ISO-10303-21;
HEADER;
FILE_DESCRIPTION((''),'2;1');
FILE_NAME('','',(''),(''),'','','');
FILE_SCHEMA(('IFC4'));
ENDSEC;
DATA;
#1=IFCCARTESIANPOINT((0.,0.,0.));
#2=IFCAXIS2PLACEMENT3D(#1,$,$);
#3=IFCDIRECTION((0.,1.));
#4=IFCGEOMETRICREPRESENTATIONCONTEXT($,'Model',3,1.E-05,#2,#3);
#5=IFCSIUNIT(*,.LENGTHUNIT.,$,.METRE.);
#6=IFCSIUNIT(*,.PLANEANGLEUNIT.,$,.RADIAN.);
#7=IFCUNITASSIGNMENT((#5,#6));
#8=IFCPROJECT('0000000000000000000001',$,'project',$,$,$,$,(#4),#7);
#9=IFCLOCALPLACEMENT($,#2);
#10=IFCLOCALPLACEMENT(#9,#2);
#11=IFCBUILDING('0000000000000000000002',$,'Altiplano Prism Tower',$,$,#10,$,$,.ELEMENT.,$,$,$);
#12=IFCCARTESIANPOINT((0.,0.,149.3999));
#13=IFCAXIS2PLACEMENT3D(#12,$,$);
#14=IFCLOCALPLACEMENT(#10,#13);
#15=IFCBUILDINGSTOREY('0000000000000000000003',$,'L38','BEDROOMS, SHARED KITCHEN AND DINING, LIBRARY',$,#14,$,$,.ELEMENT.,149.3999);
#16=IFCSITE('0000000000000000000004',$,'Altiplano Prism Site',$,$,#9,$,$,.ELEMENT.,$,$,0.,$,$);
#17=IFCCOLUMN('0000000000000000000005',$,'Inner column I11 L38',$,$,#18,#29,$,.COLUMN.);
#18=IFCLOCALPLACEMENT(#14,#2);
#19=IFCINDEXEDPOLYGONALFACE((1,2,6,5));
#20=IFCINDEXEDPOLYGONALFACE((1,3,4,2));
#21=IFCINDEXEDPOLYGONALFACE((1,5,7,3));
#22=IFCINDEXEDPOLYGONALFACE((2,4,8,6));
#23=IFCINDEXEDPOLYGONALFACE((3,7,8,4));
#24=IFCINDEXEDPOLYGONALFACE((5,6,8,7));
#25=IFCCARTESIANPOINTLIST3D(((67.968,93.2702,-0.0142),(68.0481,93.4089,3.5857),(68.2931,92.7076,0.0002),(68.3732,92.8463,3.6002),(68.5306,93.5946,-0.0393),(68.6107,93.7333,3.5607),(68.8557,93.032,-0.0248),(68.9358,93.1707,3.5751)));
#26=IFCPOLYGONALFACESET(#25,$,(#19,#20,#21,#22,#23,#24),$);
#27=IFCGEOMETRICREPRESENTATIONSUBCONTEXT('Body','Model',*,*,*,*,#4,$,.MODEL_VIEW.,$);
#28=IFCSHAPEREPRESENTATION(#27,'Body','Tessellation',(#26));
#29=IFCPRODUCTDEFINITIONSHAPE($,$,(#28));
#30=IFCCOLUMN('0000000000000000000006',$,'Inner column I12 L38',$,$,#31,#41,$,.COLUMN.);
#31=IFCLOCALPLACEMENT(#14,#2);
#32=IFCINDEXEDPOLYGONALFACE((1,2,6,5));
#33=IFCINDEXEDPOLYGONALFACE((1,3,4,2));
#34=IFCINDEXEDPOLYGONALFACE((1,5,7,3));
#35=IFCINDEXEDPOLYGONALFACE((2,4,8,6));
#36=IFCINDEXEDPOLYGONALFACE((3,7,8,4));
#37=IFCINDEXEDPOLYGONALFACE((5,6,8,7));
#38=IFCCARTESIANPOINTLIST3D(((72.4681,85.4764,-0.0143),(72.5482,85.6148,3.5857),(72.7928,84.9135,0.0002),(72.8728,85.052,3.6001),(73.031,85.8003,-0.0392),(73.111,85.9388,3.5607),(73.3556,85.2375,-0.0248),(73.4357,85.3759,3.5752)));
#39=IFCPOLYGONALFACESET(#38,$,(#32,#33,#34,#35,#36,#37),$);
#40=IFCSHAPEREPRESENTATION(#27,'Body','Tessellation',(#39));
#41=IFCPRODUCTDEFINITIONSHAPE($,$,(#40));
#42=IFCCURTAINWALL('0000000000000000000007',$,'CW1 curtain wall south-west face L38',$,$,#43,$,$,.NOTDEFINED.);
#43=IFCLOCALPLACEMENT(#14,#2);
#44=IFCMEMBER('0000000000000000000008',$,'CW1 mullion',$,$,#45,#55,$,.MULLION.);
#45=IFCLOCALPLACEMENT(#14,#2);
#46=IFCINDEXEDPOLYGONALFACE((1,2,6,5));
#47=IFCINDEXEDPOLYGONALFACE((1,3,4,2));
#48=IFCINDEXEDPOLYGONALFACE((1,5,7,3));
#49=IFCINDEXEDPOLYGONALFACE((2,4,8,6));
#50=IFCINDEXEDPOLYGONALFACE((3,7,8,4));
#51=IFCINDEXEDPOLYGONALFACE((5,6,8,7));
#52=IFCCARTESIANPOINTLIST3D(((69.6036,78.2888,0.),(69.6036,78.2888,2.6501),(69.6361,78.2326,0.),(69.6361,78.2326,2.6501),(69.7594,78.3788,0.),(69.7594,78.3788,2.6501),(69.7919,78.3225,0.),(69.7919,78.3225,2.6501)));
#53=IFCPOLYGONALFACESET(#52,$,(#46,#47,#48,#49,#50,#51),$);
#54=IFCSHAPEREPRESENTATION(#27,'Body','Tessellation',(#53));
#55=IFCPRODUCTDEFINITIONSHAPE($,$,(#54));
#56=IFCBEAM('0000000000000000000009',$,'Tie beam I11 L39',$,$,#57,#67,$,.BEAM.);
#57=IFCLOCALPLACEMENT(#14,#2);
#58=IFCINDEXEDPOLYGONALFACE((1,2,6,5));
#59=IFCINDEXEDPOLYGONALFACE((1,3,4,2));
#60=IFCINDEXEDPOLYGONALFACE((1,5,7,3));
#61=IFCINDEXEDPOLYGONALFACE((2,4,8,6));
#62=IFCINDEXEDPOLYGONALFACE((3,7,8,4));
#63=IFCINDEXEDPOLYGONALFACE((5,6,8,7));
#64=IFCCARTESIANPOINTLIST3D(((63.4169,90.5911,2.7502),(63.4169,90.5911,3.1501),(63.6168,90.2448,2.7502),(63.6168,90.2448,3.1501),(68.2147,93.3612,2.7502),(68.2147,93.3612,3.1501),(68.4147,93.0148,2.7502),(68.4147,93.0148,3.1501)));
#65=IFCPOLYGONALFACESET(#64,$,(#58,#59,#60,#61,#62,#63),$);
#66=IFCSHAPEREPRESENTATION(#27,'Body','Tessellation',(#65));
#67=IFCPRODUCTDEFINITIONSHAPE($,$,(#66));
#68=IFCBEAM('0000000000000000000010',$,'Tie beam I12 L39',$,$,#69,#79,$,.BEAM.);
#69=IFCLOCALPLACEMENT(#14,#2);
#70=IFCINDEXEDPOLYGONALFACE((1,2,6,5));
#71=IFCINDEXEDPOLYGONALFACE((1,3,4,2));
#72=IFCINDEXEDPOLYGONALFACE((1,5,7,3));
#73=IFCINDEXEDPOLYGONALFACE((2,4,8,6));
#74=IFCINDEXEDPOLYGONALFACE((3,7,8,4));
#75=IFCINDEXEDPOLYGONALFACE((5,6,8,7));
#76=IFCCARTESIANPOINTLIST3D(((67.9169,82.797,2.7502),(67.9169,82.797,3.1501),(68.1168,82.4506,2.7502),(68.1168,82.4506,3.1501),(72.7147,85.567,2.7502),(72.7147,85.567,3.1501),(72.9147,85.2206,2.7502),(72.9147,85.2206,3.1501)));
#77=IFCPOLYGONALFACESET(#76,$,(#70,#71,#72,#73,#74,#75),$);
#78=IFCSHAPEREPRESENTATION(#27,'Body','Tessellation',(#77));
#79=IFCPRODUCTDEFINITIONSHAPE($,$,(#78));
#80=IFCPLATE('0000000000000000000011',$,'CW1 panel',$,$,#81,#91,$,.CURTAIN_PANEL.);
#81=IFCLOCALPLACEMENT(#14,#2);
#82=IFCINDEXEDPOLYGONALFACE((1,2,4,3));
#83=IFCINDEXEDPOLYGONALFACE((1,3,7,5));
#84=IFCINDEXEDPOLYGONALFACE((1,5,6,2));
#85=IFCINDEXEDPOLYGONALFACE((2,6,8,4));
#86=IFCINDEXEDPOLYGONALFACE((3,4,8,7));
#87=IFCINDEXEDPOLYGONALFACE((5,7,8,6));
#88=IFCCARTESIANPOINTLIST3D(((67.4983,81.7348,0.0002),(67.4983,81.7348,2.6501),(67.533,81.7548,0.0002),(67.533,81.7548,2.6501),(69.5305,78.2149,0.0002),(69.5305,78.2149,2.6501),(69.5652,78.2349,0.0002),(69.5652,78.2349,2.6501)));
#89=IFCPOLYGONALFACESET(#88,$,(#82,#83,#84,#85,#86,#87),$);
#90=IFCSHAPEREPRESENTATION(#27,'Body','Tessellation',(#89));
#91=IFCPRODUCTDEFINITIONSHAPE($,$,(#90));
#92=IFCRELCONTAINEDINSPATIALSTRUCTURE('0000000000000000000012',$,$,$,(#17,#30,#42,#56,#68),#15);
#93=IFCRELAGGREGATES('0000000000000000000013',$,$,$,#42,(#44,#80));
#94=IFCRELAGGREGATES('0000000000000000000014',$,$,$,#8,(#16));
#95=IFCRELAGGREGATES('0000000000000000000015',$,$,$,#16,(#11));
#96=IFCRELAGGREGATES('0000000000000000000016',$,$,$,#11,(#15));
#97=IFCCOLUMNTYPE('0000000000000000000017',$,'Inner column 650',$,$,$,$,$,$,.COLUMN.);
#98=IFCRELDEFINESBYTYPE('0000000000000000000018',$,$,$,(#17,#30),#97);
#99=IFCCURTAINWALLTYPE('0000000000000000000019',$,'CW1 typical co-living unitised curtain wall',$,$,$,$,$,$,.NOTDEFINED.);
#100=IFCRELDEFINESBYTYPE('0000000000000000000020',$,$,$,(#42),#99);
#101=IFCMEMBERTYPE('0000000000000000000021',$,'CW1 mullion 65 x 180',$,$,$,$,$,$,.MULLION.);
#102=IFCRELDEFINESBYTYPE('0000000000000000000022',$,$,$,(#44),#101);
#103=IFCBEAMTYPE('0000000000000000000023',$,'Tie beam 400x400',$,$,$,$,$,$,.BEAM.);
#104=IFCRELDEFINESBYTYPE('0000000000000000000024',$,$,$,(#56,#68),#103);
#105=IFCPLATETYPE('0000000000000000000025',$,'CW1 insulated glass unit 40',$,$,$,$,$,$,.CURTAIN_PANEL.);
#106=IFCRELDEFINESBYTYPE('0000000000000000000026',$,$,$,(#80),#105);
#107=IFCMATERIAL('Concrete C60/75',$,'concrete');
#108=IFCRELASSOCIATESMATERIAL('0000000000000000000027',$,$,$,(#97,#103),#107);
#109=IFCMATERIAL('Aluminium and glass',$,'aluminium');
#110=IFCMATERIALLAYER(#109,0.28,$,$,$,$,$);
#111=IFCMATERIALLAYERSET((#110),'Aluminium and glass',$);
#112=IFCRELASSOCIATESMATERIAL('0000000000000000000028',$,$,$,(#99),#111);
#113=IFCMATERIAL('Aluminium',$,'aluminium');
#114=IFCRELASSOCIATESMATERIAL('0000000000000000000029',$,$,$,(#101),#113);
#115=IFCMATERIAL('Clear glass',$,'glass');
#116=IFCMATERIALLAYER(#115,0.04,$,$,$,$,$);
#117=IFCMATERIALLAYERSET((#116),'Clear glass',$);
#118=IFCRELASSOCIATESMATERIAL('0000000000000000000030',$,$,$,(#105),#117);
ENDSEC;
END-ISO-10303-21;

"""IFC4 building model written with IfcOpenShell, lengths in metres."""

from ifc_helpers import new_model, si_unit, direction, frame, origin, origin_2d, place, context, subcontext, project, spatial, rectangle, extrude, material, layer, layer_set, material_profile, profile_set, type_object, element, aggregate, save


model = new_model("IFC4")

# Units and contexts
model_context = context("Model", 3, precision=1e-05, world=origin(), true_north=direction((0.0, 1.0)))
body_context = subcontext(model_context, "Body", "Model", "MODEL_VIEW")
ifc_project = project(units=[si_unit("LENGTHUNIT", "METRE"), si_unit("PLANEANGLEUNIT", "RADIAN")], contexts=[model_context])

# Site, building, storey
site_placement = place(None, origin())
site = spatial("IfcSite", under=ifc_project, at=site_placement, Name="Altiplano Prism Site", CompositionType="ELEMENT", RefElevation=0.0)
building_placement = place(site_placement, origin())
building = spatial("IfcBuilding", under=site, at=building_placement, Name="Altiplano Prism Tower", CompositionType="ELEMENT")
storey_placement = place(building_placement, frame((0.0, 0.0, 149.3999)))
storey = spatial("IfcBuildingStorey", under=building, at=storey_placement, Name="L38", Description="BEDROOMS, SHARED KITCHEN AND DINING, LIBRARY", CompositionType="ELEMENT", Elevation=149.3999)

# Columns
ifc_material_1 = material(Name="Concrete C60/75", Category="concrete")
ifc_material_profile_1 = material_profile(ifc_material_1, rectangle(XDim=0.6499, YDim=0.6499, at=origin_2d()), Name="Inner column 650")
ifc_profile_set_1 = profile_set([ifc_material_profile_1], Name="Concrete C60/75")
column_type = type_object("IfcColumnType", Name="Inner column 650", PredefinedType="COLUMN", material=ifc_profile_set_1)
for number, where, z_axis, x_axis, name in (
    (1, (68.4119, 93.1511, -0.0195), (0.022223, 0.038483, 0.999012), (-0.865642, -0.499182, 0.038485), "Inner column I11 L38"),
    (2, (72.9119, 85.3569, -0.0195), (0.022223, 0.038416, 0.999015), (-0.866023, -0.498525, 0.038435), "Inner column I12 L38"),
):
    element("IfcColumn", number, at=place(storey_placement, frame(where, z_axis=z_axis, x_axis=x_axis)), inside=storey, type_object=column_type, Name=name, PredefinedType="COLUMN", context=body_context, shape_type="SweptSolid", body=[
        extrude(rectangle(XDim=0.6499, YDim=0.6499, at=origin_2d()), origin(), (0.0, 0.0, 1.0), 3.6035),
    ])

# Curtain wall, member
ifc_material_2 = material(Name="Aluminium and glass", Category="aluminium")
ifc_layer_1 = layer(ifc_material_2, 0.28)
ifc_layer_set_1 = layer_set([ifc_layer_1], Name="Aluminium and glass")
curtain_wall_type = type_object("IfcCurtainWallType", Name="CW1 typical co-living unitised curtain wall", PredefinedType="NOTDEFINED", material=ifc_layer_set_1)
curtain_wall_placement = place(storey_placement, origin())
curtain_wall = element("IfcCurtainWall", 3, at=curtain_wall_placement, inside=storey, type_object=curtain_wall_type, Name="CW1 curtain wall south-west face L38", PredefinedType="NOTDEFINED")
ifc_material_3 = material(Name="Aluminium", Category="aluminium")
ifc_material_profile_2 = material_profile(ifc_material_3, rectangle(XDim=0.1799, YDim=0.0649, at=origin_2d()), Name="CW1 mullion 65 x 180")
ifc_profile_set_2 = profile_set([ifc_material_profile_2], Name="Aluminium")
member_type = type_object("IfcMemberType", Name="CW1 mullion 65 x 180", PredefinedType="MULLION", material=ifc_profile_set_2)
member_placement = place(storey_placement, frame((69.6978, 78.3057, 0.0), z_axis=(0.0, 0.0, 1.0), x_axis=(0.866025, 0.5, 0.0)))
member = element("IfcMember", 4, at=member_placement, type_object=member_type, Name="CW1 mullion", PredefinedType="MULLION", context=body_context, shape_type="SweptSolid", body=[
    extrude(rectangle(XDim=0.1799, YDim=0.0649, at=origin_2d()), origin(), (0.0, 0.0, 1.0), 2.6501),
])

# Beams
ifc_material_profile_3 = material_profile(ifc_material_1, rectangle(XDim=0.3999, YDim=0.3999, at=origin_2d()), Name="Tie beam 400x400")
ifc_profile_set_3 = profile_set([ifc_material_profile_3], Name="Concrete C60/75")
beam_type = type_object("IfcBeamType", Name="Tie beam 400x400", PredefinedType="BEAM", material=ifc_profile_set_3)
for number, where, z_axis, x_axis, name in (
    (5, (68.3147, 93.188, 2.9502), (-0.866027, -0.499997, 0.0), (0.499997, -0.866027, 0.0), "Tie beam I11 L39"),
    (6, (72.8147, 85.3938, 2.9502), (-0.866027, -0.499997, 0.0), (0.499997, -0.866027, 0.0), "Tie beam I12 L39"),
):
    element("IfcBeam", number, at=place(storey_placement, frame(where, z_axis=z_axis, x_axis=x_axis)), inside=storey, type_object=beam_type, Name=name, PredefinedType="BEAM", context=body_context, shape_type="SweptSolid", body=[
        extrude(rectangle(XDim=0.3999, YDim=0.3999, at=origin_2d()), origin(), (0.0, 0.0, 1.0), 5.54),
    ])

# Plate
ifc_material_4 = material(Name="Clear glass", Category="glass")
ifc_layer_2 = layer(ifc_material_4, 0.04)
ifc_layer_set_2 = layer_set([ifc_layer_2], Name="Clear glass")
plate_type = type_object("IfcPlateType", Name="CW1 insulated glass unit 40", PredefinedType="CURTAIN_PANEL", material=ifc_layer_set_2)
plate_placement = place(storey_placement, frame((68.5317, 79.9849, 0.0002), z_axis=(0.0, 0.0, 1.0), x_axis=(0.5, -0.866025, 0.0)))
plate = element("IfcPlate", 7, at=plate_placement, type_object=plate_type, Name="CW1 panel", PredefinedType="CURTAIN_PANEL", context=body_context, shape_type="SweptSolid", body=[
    extrude(rectangle(XDim=4.0645, YDim=0.04, at=origin_2d()), origin(), (0.0, 0.0, 1.0), 2.6499),
])
aggregate(curtain_wall, [member, plate])

save(model, "model.ifc")
